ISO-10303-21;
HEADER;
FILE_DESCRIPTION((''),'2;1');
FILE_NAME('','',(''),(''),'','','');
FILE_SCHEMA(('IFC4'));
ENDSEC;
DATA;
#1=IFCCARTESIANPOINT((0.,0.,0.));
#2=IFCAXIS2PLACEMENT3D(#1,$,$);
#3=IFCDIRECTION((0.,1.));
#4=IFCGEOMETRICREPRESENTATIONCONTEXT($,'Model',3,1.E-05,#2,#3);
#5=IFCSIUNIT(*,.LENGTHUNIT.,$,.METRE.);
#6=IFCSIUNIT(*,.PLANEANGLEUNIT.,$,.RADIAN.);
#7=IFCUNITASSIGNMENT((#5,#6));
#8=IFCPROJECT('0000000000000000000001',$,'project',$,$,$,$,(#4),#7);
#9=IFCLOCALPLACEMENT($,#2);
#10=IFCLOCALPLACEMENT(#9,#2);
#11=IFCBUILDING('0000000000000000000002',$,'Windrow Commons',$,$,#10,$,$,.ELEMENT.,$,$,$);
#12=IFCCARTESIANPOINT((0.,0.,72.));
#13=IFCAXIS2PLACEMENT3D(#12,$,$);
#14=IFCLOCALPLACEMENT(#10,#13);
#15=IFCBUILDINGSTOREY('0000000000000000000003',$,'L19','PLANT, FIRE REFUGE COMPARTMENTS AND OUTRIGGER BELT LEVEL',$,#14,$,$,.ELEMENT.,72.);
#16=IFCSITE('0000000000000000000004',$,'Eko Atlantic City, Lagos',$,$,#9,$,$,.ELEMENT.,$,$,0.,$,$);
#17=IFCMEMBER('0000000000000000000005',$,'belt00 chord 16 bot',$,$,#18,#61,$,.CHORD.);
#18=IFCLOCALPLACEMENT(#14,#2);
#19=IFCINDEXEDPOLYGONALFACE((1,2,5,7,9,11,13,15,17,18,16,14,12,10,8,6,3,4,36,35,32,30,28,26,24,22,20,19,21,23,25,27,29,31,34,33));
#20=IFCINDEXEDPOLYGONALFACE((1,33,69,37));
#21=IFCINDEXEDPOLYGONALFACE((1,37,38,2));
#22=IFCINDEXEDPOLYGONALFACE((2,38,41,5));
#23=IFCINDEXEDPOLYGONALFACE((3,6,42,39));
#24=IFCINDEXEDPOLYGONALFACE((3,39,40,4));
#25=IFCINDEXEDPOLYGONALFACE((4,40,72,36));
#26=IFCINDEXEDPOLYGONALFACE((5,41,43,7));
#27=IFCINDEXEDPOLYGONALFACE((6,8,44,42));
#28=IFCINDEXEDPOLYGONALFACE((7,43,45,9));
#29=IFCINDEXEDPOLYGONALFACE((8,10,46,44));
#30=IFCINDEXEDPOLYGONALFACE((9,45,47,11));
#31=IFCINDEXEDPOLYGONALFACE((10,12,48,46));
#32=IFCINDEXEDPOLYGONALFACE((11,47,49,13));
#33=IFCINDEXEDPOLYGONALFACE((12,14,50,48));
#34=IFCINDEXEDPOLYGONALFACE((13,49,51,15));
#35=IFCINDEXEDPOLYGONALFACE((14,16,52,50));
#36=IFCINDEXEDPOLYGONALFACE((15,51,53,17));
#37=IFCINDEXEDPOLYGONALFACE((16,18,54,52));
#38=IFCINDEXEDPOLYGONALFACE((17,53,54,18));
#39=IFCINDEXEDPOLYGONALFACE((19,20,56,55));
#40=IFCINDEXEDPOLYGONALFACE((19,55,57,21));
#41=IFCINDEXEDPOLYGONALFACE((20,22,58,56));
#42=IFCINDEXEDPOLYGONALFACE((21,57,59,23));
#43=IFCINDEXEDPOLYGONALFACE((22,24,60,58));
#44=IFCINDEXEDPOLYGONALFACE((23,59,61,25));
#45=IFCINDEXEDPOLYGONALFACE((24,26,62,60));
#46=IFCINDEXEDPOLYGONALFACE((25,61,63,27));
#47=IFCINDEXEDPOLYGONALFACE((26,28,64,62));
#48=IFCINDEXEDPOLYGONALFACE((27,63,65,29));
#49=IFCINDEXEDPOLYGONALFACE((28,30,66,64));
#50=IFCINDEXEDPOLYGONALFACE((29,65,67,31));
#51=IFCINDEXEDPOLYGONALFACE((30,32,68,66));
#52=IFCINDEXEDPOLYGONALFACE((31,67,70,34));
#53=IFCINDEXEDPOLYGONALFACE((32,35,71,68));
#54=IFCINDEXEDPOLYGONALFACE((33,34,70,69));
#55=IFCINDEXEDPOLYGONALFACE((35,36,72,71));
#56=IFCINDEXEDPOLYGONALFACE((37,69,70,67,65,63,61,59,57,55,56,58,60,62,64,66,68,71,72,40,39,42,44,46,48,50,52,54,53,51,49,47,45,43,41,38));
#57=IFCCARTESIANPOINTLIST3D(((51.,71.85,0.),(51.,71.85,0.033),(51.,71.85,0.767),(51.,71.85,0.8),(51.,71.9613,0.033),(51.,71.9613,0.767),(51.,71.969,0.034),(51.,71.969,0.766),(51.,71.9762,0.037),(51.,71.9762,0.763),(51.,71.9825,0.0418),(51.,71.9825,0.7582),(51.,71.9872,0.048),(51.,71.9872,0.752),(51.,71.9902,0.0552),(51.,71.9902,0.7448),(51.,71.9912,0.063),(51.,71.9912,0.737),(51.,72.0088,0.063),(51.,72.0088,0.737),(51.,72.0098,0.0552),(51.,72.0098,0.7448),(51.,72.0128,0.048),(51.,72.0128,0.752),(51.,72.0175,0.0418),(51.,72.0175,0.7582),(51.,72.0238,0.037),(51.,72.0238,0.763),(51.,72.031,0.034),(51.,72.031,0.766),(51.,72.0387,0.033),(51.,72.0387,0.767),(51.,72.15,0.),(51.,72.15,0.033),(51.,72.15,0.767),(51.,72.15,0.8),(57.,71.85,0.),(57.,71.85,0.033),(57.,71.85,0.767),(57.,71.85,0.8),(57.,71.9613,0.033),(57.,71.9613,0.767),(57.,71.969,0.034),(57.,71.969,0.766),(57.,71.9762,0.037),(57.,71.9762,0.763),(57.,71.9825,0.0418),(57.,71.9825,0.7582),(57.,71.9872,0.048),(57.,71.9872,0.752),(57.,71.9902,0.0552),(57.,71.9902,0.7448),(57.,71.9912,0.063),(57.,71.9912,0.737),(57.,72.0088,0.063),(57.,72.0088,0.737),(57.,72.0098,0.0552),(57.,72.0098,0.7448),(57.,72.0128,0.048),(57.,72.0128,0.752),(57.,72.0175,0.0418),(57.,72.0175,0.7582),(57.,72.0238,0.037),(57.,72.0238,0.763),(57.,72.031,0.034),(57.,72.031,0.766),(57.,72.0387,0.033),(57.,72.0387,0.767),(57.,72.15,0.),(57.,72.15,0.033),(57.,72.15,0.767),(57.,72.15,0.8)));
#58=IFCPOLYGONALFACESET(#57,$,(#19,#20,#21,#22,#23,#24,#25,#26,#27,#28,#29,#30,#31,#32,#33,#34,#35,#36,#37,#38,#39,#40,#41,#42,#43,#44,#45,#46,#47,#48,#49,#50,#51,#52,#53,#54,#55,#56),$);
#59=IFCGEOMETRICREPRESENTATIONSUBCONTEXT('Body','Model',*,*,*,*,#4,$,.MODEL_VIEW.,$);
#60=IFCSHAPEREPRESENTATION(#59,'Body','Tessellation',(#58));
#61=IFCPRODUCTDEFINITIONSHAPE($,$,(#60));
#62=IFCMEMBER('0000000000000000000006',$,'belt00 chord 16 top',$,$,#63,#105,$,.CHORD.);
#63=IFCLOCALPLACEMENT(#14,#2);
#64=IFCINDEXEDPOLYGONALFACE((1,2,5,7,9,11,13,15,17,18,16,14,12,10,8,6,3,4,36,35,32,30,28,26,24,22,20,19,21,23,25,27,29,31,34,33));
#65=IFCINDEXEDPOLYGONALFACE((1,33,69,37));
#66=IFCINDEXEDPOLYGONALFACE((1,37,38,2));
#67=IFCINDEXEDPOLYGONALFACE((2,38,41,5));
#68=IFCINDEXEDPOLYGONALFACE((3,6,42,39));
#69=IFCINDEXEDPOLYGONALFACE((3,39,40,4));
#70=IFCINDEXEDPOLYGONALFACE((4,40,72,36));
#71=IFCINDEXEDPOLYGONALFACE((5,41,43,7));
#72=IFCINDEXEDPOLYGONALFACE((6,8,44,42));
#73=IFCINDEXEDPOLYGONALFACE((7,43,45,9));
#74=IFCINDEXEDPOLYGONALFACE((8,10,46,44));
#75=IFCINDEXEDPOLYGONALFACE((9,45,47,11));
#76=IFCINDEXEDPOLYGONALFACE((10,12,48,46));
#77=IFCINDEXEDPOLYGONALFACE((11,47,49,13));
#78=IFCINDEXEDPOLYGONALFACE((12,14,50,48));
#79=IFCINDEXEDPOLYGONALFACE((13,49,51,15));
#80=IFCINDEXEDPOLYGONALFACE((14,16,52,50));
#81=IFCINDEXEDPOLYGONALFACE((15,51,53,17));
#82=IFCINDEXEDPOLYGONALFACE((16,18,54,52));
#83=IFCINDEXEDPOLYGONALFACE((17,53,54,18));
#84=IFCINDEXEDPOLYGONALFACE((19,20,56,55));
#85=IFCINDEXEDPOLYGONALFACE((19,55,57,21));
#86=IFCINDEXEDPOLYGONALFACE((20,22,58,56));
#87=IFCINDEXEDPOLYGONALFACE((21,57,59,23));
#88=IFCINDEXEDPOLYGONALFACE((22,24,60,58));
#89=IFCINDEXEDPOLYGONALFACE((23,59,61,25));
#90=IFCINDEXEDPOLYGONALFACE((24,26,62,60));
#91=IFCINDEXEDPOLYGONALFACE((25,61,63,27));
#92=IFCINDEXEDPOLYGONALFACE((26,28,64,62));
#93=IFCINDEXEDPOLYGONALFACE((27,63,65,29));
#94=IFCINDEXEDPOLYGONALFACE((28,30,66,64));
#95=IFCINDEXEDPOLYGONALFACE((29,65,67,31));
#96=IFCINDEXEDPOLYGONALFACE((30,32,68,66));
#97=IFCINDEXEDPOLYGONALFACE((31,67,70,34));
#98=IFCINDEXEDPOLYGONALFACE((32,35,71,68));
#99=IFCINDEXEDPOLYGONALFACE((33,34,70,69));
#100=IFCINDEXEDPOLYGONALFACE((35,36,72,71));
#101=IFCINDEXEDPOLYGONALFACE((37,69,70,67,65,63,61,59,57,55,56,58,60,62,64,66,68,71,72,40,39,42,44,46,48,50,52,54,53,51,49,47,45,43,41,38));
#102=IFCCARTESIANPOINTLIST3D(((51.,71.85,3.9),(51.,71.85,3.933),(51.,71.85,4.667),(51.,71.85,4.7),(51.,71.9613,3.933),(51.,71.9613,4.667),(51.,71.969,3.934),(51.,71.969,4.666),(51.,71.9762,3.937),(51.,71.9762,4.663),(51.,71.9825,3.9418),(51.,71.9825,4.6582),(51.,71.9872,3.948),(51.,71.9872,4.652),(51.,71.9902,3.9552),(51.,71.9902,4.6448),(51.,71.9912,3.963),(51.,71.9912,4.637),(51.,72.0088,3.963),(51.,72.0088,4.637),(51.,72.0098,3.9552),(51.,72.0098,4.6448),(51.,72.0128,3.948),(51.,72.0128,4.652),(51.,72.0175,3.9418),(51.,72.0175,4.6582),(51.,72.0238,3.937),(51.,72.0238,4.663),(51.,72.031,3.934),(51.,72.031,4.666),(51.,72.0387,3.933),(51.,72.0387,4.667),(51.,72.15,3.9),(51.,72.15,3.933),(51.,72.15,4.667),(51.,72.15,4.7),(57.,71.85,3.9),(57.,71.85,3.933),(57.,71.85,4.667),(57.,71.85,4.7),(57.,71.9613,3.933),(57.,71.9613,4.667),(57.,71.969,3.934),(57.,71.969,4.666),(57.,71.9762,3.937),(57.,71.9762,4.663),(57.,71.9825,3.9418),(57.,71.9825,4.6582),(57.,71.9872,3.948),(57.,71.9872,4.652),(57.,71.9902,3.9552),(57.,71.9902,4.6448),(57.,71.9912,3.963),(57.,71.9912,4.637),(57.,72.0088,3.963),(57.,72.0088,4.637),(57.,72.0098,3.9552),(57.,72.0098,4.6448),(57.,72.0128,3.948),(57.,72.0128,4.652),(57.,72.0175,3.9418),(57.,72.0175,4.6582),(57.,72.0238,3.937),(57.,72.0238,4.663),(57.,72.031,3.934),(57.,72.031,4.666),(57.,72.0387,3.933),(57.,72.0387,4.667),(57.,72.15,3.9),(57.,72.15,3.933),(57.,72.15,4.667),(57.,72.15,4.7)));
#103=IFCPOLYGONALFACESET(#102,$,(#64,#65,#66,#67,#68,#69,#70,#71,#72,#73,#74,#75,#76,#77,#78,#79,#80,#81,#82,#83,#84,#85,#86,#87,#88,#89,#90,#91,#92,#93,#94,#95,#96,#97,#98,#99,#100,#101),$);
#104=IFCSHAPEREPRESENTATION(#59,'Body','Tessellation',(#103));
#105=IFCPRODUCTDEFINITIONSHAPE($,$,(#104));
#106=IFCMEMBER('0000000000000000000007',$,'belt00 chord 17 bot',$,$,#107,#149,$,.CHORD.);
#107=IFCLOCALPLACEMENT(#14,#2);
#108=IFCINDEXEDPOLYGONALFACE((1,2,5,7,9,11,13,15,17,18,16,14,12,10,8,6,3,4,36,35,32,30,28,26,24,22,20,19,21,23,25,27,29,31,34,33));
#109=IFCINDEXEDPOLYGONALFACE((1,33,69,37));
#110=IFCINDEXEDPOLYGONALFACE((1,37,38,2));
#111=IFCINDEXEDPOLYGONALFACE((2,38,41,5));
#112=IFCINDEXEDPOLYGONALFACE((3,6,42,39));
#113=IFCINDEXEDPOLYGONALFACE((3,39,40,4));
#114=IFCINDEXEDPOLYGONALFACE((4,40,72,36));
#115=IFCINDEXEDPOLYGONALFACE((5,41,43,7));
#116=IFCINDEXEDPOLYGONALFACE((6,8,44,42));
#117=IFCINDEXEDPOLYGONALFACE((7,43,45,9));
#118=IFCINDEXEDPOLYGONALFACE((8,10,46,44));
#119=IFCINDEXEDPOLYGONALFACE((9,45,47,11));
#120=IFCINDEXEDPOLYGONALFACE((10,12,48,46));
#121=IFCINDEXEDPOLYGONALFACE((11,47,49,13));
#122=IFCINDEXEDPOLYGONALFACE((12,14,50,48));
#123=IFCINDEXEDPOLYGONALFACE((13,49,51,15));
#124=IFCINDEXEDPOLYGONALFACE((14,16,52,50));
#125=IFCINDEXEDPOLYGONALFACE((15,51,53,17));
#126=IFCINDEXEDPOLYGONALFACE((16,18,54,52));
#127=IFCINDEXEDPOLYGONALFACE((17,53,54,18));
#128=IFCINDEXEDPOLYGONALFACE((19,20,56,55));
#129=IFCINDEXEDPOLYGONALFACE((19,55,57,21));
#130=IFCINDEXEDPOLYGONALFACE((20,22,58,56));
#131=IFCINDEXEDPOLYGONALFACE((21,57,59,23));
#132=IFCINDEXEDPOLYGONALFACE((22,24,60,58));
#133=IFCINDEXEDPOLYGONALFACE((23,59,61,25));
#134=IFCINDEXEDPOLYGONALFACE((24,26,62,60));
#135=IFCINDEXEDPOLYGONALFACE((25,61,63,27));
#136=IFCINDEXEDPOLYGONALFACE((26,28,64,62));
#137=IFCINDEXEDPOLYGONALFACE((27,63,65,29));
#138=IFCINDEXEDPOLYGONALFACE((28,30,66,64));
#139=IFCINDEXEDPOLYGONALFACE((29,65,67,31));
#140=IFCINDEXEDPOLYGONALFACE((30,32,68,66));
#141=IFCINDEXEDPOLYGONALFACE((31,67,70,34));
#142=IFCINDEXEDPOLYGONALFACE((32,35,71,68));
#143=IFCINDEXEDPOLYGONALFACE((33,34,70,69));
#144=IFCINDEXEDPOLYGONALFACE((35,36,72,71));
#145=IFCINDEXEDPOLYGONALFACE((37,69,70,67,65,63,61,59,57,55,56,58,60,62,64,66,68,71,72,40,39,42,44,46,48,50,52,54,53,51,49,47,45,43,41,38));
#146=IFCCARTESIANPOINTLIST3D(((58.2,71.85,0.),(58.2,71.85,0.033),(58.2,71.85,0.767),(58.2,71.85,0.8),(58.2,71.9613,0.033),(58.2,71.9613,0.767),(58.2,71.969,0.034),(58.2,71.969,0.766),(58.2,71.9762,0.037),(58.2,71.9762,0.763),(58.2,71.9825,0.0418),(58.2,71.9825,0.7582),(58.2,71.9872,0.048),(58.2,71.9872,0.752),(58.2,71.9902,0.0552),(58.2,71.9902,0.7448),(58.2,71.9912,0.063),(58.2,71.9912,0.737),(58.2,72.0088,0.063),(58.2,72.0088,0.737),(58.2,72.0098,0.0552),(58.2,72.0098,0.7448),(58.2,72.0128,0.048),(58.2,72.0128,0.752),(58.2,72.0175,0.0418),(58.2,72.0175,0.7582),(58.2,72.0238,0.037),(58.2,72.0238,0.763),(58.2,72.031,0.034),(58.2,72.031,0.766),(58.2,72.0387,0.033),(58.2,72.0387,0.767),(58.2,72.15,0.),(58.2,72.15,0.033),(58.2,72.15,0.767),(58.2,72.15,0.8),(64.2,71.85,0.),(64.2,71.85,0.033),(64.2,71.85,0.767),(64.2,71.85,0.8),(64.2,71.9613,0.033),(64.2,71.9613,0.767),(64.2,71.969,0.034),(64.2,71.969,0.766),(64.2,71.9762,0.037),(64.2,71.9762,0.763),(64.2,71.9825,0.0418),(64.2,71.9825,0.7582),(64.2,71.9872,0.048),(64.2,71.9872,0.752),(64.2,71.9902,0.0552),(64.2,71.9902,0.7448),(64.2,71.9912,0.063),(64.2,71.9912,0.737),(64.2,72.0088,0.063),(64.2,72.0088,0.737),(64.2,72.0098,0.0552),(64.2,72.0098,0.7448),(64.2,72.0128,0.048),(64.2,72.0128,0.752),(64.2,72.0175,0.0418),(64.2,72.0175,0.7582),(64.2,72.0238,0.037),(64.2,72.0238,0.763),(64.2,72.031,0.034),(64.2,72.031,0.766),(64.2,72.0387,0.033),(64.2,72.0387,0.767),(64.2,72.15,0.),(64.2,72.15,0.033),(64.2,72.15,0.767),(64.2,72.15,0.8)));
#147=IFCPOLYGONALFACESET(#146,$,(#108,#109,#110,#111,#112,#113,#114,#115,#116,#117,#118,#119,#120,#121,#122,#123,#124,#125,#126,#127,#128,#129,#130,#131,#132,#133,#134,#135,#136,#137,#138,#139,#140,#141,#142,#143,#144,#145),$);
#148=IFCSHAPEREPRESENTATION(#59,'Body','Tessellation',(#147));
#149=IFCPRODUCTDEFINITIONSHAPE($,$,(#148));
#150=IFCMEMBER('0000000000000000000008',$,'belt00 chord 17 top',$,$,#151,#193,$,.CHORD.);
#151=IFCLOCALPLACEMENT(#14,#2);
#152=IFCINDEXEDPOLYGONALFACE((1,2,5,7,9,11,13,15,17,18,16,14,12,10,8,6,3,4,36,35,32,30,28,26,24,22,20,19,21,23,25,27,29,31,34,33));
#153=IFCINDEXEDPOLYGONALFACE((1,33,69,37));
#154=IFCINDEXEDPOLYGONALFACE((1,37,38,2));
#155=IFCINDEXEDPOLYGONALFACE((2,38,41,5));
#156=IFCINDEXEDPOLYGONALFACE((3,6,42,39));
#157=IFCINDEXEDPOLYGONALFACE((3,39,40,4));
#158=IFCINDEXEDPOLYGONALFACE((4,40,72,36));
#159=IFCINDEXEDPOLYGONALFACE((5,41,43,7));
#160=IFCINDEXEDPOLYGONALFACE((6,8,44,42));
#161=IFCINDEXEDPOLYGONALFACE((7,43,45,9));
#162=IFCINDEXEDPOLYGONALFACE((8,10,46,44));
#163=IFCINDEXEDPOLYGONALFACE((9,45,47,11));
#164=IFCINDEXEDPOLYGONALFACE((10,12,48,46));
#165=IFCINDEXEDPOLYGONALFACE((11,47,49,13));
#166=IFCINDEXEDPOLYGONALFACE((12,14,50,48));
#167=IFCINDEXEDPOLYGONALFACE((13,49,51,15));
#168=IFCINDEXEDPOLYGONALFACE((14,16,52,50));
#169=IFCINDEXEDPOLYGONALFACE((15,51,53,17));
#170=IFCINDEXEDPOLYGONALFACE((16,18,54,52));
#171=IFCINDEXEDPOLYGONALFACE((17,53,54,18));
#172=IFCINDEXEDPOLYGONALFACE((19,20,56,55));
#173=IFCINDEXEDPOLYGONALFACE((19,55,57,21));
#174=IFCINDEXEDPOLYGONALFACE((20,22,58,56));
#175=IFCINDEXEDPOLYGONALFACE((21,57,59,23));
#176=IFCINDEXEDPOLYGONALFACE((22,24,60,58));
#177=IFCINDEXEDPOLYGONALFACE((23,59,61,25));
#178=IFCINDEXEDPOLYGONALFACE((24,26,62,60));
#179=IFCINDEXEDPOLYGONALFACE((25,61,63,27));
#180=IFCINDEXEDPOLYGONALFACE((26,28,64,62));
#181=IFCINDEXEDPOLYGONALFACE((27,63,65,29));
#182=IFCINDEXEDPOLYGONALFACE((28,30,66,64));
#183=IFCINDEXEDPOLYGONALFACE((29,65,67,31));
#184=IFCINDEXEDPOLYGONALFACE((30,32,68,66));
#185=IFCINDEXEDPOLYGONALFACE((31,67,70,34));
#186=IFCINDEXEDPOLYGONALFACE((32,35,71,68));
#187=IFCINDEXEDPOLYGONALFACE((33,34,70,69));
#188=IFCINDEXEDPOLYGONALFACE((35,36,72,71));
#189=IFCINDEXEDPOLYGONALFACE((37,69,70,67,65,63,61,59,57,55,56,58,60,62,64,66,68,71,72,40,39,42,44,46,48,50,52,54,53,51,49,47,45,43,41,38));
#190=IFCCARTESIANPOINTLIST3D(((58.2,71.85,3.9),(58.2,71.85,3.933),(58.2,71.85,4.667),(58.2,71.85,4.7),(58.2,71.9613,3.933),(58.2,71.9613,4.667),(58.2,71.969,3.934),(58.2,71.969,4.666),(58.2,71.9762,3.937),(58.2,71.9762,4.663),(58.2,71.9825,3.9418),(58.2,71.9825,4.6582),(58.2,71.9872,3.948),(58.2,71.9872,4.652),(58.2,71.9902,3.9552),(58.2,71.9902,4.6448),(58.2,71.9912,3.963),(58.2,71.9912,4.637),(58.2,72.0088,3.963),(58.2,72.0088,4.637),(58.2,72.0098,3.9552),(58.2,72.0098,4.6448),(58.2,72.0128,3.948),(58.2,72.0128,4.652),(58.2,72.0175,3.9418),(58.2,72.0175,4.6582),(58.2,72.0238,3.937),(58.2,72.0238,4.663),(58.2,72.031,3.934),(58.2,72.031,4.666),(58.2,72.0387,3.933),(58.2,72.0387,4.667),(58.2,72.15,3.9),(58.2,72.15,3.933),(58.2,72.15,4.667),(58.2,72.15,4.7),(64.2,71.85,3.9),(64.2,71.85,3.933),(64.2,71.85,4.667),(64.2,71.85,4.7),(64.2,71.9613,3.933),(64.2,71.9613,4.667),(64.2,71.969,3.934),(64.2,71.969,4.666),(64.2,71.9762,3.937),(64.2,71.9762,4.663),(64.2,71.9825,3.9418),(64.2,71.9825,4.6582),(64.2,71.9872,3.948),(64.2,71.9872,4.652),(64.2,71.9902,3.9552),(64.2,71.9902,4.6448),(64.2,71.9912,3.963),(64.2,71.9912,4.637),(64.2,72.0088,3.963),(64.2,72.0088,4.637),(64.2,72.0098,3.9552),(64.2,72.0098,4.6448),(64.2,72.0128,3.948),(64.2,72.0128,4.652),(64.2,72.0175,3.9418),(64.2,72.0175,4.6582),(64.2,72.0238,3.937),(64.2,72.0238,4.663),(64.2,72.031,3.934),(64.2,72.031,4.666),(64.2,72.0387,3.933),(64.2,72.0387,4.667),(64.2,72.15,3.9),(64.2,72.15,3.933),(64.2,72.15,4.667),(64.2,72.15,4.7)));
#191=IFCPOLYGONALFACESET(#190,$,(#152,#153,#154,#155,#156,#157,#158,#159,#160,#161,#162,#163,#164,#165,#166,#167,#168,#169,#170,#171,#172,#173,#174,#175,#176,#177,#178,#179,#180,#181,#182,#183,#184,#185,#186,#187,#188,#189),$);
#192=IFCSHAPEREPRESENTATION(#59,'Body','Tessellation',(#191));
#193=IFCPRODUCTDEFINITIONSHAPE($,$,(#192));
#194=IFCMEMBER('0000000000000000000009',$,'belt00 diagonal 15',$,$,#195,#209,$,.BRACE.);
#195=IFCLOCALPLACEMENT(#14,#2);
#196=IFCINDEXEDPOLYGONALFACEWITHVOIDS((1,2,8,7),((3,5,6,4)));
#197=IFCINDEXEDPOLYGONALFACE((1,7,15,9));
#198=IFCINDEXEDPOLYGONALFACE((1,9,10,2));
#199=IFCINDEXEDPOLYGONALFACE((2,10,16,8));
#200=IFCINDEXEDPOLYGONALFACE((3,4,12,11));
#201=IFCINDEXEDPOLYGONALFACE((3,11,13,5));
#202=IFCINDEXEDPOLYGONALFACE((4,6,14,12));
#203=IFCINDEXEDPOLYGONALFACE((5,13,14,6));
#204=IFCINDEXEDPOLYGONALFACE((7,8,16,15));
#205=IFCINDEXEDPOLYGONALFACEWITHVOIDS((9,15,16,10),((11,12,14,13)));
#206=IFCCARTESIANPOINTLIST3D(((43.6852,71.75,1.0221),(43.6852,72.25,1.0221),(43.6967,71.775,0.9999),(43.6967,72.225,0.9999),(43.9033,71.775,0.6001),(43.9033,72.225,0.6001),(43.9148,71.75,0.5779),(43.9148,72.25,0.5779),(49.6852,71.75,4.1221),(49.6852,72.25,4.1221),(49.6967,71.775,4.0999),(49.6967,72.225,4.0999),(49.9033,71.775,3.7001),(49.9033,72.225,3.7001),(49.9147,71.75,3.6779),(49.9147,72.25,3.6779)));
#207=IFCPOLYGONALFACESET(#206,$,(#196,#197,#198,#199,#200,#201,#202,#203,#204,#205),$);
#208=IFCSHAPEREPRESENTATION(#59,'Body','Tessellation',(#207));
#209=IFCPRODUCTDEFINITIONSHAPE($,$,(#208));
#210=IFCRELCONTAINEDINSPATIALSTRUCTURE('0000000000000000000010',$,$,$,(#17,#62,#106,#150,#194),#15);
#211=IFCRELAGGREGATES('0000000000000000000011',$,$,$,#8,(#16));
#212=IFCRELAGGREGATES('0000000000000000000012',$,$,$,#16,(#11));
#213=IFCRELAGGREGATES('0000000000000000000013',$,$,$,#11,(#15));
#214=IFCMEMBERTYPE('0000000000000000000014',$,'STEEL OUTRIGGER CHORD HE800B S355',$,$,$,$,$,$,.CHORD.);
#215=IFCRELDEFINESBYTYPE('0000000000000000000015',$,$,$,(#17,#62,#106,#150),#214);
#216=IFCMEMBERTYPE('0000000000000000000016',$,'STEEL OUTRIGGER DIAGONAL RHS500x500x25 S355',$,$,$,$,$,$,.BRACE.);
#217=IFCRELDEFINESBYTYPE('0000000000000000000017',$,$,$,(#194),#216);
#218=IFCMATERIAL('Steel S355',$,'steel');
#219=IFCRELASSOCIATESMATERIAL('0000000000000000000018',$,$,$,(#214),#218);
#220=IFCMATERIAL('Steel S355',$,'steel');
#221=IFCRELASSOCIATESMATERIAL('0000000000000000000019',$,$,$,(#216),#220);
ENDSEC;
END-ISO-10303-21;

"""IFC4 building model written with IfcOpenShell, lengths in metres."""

from ifc_helpers import new_model, si_unit, direction, frame, origin, origin_2d, place, context, subcontext, project, spatial, hollow_rectangle, i_section, extrude, material, material_profile, profile_set, type_object, element, save


model = new_model("IFC4")

# Units and contexts
model_context = context("Model", 3, precision=1e-05, world=origin(), true_north=direction((0.0, 1.0)))
body_context = subcontext(model_context, "Body", "Model", "MODEL_VIEW")
ifc_project = project(units=[si_unit("LENGTHUNIT", "METRE"), si_unit("PLANEANGLEUNIT", "RADIAN")], contexts=[model_context])

# Site, building, storey
site_placement = place(None, origin())
site = spatial("IfcSite", under=ifc_project, at=site_placement, Name="Eko Atlantic City, Lagos", CompositionType="ELEMENT", RefElevation=0.0)
building_placement = place(site_placement, origin())
building = spatial("IfcBuilding", under=site, at=building_placement, Name="Windrow Commons", CompositionType="ELEMENT")
storey_placement = place(building_placement, frame((0.0, 0.0, 72.0)))
storey = spatial("IfcBuildingStorey", under=building, at=storey_placement, Name="L19", Description="PLANT, FIRE REFUGE COMPARTMENTS AND OUTRIGGER BELT LEVEL", CompositionType="ELEMENT", Elevation=72.0)

# Members
ifc_material_1 = material(Name="Steel S355", Category="steel")
ifc_material_profile_1 = material_profile(ifc_material_1, i_section(OverallWidth=0.3, OverallDepth=0.8, WebThickness=0.0175, FlangeThickness=0.033, FilletRadius=0.03, at=origin_2d()))
ifc_profile_set_1 = profile_set([ifc_material_profile_1], Name="Steel S355")
member_type_1 = type_object("IfcMemberType", Name="STEEL OUTRIGGER CHORD HE800B S355", PredefinedType="CHORD", material=ifc_profile_set_1)
for number, where, z_axis, x_axis, name in (
    (1, (51.0, 72.0, 0.4), (1.0, 0.0, 0.0), (0.0, 1.0, 0.0), "belt00 chord 16 bot"),
    (2, (51.0, 72.0, 4.3), (1.0, 0.0, 0.0), (0.0, 1.0, 0.0), "belt00 chord 16 top"),
    (3, (58.2, 72.0, 0.4), (1.0, 0.0, 0.0), (0.0, 1.0, 0.0), "belt00 chord 17 bot"),
    (4, (58.2, 72.0, 4.3), (1.0, 0.0, 0.0), (0.0, 1.0, 0.0), "belt00 chord 17 top"),
):
    element("IfcMember", number, at=place(storey_placement, frame(where, z_axis=z_axis, x_axis=x_axis)), inside=storey, type_object=member_type_1, Name=name, PredefinedType="CHORD", context=body_context, shape_type="SweptSolid", body=[
        extrude(i_section(OverallWidth=0.3, OverallDepth=0.8, WebThickness=0.0175, FlangeThickness=0.033, FilletRadius=0.03, at=origin_2d()), origin(), (0.0, 0.0, 1.0), 6.0),
    ])
ifc_material_2 = material(Name="Steel S355", Category="steel")
ifc_material_profile_2 = material_profile(ifc_material_2, hollow_rectangle(XDim=0.5, YDim=0.5, WallThickness=0.025, at=origin_2d()))
ifc_profile_set_2 = profile_set([ifc_material_profile_2], Name="Steel S355")
member_type_2 = type_object("IfcMemberType", Name="STEEL OUTRIGGER DIAGONAL RHS500x500x25 S355", PredefinedType="BRACE", material=ifc_profile_set_2)
for number, where, z_axis, x_axis, name in (
    (5, (43.8, 72.0, 0.8), (0.888426, 0.0, 0.45902), (0.0, 1.0, 0.0), "belt00 diagonal 15"),
):
    element("IfcMember", number, at=place(storey_placement, frame(where, z_axis=z_axis, x_axis=x_axis)), inside=storey, type_object=member_type_2, Name=name, PredefinedType="BRACE", context=body_context, shape_type="SweptSolid", body=[
        extrude(hollow_rectangle(XDim=0.5, YDim=0.5, WallThickness=0.025, at=origin_2d()), origin(), (0.0, 0.0, 1.0), 6.7535),
    ])

save(model, "model.ifc")
